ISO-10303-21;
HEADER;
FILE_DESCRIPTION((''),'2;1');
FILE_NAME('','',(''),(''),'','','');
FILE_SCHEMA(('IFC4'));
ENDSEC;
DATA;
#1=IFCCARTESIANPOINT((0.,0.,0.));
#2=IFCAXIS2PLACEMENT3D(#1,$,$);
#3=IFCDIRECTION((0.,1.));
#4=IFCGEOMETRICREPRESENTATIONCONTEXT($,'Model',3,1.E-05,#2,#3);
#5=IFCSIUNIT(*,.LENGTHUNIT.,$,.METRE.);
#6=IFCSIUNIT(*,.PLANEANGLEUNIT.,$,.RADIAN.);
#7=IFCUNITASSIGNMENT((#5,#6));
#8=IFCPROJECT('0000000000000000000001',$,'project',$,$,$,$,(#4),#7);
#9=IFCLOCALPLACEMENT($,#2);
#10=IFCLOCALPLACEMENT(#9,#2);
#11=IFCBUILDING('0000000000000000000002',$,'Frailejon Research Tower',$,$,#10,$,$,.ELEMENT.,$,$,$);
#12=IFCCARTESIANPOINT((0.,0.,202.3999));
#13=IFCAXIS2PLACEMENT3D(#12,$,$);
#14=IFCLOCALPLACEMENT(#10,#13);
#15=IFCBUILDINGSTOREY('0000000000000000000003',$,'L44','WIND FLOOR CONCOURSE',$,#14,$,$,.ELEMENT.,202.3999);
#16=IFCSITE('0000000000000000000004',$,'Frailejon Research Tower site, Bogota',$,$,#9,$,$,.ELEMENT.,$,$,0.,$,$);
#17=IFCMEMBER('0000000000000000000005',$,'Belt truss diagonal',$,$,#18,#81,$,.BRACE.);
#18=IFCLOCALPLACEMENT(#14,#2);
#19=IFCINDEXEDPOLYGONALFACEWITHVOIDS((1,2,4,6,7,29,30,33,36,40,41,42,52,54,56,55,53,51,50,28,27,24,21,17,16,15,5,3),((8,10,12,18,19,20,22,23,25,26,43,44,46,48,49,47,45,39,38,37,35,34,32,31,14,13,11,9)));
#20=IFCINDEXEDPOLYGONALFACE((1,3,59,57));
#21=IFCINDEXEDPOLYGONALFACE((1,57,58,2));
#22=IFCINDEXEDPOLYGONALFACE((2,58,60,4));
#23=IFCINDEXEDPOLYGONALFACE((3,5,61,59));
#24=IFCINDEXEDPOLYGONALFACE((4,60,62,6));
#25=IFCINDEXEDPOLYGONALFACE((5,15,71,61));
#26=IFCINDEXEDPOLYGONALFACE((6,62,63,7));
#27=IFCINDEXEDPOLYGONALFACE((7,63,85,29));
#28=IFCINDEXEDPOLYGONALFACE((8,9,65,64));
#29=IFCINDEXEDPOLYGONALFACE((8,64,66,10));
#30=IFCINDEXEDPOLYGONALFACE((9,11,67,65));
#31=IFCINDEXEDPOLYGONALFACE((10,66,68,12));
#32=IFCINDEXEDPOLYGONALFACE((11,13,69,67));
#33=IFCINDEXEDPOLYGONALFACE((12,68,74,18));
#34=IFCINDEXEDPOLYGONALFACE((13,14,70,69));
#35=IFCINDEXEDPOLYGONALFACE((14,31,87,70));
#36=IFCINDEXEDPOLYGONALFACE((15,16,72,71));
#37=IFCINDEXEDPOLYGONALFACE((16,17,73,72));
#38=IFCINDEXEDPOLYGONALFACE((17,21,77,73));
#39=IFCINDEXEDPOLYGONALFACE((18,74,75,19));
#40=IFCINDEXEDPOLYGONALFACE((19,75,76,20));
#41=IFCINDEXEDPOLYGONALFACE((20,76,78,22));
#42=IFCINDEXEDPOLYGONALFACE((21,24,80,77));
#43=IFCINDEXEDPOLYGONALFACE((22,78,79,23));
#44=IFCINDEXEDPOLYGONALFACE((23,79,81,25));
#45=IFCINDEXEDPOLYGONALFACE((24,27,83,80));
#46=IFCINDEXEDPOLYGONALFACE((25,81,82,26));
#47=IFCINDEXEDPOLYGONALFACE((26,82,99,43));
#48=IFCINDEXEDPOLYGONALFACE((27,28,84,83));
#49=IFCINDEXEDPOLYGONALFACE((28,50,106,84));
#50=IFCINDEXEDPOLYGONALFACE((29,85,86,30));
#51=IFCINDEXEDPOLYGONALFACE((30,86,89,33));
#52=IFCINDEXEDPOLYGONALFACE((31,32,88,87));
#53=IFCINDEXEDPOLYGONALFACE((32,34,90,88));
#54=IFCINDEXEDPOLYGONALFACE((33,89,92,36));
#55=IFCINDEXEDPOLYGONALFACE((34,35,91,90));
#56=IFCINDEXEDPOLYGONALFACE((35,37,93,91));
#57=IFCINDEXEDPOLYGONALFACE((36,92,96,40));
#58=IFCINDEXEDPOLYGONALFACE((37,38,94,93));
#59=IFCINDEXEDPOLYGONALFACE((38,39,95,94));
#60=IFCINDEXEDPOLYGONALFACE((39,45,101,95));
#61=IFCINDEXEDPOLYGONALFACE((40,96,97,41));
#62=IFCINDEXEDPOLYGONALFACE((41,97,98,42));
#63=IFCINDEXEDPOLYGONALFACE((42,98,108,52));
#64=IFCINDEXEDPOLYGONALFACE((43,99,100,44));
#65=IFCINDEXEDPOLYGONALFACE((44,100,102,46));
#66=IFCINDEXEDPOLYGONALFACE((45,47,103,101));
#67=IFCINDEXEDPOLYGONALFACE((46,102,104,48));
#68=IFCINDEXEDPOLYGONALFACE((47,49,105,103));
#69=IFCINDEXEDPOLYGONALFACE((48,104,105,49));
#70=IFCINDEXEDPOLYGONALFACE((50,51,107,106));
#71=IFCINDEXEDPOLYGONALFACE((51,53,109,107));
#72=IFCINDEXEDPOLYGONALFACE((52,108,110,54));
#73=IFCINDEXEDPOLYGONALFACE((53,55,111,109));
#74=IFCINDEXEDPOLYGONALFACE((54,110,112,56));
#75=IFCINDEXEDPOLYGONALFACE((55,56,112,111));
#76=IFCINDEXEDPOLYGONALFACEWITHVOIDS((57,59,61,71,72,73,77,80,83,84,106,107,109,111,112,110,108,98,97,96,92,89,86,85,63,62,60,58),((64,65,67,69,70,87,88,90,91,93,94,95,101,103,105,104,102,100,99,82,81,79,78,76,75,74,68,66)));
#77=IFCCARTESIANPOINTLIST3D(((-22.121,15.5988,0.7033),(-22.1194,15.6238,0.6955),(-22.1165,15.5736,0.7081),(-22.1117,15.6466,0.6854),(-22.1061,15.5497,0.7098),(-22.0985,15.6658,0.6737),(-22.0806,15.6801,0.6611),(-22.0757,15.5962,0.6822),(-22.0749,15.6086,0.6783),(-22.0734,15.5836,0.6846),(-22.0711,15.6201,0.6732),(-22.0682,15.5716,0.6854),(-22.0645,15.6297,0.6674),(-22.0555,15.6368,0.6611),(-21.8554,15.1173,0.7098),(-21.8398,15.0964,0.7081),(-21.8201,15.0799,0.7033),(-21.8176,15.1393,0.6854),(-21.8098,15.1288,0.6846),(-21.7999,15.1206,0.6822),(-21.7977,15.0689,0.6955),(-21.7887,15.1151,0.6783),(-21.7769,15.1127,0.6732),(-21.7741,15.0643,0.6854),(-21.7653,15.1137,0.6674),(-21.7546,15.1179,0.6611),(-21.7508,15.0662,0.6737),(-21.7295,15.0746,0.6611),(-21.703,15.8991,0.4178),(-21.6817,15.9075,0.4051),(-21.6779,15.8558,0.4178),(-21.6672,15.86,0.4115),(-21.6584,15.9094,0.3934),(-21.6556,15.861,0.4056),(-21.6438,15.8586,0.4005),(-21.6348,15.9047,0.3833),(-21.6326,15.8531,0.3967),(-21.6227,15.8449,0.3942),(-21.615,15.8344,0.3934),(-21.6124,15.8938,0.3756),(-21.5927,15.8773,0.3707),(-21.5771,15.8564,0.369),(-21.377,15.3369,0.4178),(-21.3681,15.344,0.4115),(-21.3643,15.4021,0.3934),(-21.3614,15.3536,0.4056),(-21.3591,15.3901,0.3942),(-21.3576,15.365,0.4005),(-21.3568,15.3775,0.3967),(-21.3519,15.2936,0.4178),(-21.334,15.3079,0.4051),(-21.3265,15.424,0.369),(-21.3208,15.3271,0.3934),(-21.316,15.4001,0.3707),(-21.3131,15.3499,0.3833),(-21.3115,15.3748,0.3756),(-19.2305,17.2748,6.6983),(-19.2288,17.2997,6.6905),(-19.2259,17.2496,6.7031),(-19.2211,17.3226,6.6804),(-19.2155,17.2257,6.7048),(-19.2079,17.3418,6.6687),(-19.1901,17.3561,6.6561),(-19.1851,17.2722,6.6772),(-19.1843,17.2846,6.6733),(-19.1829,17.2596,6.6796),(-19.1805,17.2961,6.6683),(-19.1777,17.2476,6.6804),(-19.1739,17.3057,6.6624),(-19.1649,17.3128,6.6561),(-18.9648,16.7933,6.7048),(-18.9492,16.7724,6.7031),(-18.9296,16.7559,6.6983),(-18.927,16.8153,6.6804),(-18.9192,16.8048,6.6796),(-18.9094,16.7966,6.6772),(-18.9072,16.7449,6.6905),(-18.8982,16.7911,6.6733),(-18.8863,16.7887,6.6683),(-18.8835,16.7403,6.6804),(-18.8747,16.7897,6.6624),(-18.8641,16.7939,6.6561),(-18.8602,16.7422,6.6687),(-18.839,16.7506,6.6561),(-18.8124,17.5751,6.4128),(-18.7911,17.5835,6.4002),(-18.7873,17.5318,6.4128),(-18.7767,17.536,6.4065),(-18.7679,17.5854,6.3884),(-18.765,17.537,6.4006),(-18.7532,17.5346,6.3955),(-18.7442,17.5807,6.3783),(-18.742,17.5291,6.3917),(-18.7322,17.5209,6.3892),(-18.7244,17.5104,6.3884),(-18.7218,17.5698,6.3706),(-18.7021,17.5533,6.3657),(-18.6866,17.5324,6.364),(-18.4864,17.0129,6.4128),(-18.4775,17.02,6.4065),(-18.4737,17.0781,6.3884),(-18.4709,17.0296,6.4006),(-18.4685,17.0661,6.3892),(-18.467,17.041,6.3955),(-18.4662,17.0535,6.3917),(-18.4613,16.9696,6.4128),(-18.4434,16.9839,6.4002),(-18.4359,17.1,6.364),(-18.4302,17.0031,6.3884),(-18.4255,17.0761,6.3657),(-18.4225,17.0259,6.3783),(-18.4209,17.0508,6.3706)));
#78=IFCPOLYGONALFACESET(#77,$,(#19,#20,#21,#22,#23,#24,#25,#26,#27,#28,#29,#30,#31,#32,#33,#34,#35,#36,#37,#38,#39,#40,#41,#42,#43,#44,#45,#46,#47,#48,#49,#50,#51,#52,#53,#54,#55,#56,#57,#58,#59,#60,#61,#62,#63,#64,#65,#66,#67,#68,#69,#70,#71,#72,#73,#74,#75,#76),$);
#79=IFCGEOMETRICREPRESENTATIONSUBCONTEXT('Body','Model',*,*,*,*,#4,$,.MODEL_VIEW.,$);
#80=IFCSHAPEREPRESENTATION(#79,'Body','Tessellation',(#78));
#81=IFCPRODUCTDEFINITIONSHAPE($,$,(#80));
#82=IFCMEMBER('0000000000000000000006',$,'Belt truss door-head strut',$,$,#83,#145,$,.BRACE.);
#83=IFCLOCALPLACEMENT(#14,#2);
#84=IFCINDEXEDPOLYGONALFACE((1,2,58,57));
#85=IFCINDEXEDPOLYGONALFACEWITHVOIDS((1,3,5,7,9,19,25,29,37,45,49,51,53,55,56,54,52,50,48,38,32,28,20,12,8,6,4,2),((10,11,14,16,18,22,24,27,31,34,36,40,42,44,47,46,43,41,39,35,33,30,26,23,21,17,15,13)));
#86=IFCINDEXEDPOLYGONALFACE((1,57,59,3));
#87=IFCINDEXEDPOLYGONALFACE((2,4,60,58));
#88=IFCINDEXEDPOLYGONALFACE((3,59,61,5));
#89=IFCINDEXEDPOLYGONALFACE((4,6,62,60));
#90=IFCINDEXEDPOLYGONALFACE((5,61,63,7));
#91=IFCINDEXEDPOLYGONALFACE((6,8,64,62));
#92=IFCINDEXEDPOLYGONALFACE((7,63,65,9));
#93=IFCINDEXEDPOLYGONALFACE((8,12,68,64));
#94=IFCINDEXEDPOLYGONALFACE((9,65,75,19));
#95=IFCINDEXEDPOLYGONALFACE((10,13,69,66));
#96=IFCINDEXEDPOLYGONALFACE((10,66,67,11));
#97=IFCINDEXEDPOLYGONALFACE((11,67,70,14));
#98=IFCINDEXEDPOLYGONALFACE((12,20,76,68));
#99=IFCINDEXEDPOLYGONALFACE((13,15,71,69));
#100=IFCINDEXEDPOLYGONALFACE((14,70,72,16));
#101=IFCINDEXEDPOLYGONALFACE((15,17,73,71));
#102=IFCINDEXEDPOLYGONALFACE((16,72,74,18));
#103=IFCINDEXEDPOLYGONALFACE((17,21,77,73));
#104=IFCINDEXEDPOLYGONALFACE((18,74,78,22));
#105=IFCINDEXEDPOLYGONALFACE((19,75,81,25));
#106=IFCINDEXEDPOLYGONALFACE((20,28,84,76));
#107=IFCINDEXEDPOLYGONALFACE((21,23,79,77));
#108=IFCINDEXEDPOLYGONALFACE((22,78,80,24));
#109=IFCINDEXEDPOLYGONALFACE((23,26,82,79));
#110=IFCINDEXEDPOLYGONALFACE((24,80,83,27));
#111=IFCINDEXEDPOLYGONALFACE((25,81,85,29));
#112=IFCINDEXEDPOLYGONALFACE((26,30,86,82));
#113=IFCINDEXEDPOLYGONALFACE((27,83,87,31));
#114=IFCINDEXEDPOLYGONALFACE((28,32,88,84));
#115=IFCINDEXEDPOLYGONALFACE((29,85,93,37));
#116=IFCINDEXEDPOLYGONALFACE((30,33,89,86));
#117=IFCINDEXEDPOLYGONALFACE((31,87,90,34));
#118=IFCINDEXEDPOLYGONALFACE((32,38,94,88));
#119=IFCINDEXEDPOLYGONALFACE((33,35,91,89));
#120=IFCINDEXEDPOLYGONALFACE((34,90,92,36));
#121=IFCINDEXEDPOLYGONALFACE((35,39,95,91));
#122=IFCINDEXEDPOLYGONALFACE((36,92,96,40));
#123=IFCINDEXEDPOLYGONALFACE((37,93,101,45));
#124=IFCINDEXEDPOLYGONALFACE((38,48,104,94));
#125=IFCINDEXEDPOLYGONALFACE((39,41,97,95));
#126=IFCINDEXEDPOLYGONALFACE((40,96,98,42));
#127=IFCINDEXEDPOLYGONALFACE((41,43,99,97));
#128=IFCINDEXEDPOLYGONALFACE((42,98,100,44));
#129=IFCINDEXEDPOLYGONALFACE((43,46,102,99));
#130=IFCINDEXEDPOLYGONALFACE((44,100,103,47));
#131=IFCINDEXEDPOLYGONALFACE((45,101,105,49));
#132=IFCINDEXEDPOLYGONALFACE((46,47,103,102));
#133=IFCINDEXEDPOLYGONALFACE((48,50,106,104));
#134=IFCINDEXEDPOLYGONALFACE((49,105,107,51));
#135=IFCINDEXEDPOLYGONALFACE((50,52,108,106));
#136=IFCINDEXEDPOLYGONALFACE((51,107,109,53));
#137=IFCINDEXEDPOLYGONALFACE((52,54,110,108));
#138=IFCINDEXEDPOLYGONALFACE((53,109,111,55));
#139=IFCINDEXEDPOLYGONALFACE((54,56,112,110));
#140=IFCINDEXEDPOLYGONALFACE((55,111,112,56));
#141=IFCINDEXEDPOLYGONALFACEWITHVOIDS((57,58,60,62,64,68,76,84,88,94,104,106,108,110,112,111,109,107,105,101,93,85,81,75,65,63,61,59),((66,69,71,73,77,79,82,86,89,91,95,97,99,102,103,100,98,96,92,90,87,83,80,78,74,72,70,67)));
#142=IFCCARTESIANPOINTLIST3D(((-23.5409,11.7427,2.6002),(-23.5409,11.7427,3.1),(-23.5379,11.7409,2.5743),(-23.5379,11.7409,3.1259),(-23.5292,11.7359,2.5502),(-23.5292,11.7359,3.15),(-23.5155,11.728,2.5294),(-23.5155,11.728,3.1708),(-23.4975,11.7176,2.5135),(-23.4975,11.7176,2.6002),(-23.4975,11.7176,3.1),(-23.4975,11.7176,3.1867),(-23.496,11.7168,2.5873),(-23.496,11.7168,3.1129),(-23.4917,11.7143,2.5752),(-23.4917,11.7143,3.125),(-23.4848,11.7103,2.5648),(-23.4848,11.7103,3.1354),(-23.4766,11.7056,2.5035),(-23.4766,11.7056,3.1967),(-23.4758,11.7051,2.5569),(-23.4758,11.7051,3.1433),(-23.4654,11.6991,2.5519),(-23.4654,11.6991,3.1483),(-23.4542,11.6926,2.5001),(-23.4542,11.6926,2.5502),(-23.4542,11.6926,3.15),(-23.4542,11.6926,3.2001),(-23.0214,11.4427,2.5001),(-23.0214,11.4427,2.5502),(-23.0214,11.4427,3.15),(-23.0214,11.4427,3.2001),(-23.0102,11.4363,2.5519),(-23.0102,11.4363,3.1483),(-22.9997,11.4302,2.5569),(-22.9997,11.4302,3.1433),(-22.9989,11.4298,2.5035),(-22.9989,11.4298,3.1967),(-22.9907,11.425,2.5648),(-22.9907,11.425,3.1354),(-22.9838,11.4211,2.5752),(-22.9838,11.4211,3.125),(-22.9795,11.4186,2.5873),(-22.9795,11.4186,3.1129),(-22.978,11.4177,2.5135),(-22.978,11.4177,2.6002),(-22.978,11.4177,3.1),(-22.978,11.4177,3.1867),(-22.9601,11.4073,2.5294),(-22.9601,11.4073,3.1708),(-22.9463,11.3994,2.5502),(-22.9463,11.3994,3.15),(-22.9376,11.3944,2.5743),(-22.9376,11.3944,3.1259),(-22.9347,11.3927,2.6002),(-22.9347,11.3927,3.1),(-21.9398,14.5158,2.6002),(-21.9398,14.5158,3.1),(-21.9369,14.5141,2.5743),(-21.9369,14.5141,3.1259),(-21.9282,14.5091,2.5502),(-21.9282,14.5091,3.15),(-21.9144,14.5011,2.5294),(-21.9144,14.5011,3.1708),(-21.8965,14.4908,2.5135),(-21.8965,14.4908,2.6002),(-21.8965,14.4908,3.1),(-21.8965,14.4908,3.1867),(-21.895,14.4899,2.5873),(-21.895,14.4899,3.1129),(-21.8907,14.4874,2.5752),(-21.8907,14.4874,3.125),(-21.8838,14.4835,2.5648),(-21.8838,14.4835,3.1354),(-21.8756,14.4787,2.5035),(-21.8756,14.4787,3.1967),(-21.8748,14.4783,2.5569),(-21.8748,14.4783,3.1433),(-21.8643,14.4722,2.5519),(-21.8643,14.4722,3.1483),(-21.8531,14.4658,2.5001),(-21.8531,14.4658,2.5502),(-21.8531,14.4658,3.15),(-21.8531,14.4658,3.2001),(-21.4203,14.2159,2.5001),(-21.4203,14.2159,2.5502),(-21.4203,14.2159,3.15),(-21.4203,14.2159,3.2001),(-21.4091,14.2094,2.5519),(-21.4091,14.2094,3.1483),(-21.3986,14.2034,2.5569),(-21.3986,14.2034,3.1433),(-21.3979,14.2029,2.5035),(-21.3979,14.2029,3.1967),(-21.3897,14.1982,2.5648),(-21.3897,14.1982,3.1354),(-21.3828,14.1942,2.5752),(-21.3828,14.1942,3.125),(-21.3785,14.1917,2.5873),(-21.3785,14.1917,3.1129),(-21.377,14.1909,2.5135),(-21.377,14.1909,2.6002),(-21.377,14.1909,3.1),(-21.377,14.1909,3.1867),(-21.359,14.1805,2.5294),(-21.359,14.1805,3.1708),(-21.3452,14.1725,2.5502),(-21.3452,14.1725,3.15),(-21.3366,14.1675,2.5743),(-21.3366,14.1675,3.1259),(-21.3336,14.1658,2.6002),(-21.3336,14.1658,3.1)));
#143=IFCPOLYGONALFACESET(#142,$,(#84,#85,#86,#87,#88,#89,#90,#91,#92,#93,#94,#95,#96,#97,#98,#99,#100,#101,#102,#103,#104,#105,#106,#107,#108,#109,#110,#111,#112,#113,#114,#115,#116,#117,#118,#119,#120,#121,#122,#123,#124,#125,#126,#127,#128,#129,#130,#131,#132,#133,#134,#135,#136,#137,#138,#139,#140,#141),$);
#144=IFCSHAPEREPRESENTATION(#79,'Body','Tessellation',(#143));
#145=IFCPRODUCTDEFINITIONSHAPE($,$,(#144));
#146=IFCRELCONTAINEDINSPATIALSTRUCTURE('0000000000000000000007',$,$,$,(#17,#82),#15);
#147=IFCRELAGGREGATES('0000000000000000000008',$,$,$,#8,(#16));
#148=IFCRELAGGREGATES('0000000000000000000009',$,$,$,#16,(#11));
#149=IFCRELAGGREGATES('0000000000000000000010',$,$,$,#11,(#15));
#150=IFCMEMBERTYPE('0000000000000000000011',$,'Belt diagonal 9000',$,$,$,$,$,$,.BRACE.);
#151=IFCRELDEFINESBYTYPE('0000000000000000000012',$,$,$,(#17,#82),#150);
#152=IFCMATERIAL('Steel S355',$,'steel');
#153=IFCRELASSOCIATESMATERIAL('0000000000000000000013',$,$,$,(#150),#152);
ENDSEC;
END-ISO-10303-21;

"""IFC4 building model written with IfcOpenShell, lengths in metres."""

from ifc_helpers import new_model, si_unit, direction, frame, origin, origin_2d, place, context, subcontext, project, spatial, hollow_rectangle, extrude, material, material_profile, profile_set, type_object, element, save


model = new_model("IFC4")

# Units and contexts
model_context = context("Model", 3, precision=1e-05, world=origin(), true_north=direction((0.0, 1.0)))
body_context = subcontext(model_context, "Body", "Model", "MODEL_VIEW")
ifc_project = project(units=[si_unit("LENGTHUNIT", "METRE"), si_unit("PLANEANGLEUNIT", "RADIAN")], contexts=[model_context])

# Site, building, storey
site_placement = place(None, origin())
site = spatial("IfcSite", under=ifc_project, at=site_placement, Name="Frailejon Research Tower site, Bogota", CompositionType="ELEMENT", RefElevation=0.0)
building_placement = place(site_placement, origin())
building = spatial("IfcBuilding", under=site, at=building_placement, Name="Frailejon Research Tower", CompositionType="ELEMENT")
storey_placement = place(building_placement, frame((0.0, 0.0, 202.3999)))
storey = spatial("IfcBuildingStorey", under=building, at=storey_placement, Name="L44", Description="WIND FLOOR CONCOURSE", CompositionType="ELEMENT", Elevation=202.3999)

# Members
ifc_material_1 = material(Name="Steel S355", Category="steel")
ifc_material_profile_1 = material_profile(ifc_material_1, hollow_rectangle(XDim=0.7, YDim=0.7, WallThickness=0.05, InnerFilletRadius=0.05, OuterFilletRadius=0.1001, at=origin_2d()), Name="Belt diagonal 9000")
ifc_profile_set_1 = profile_set([ifc_material_profile_1], Name="Steel S355")
member_type = type_object("IfcMemberType", Name="Belt diagonal 9000", PredefinedType="BRACE", material=ifc_profile_set_1)
member_1_placement = place(storey_placement, frame((-18.8257, 17.1628, 6.5344), z_axis=(-0.421165, -0.244198, -0.873491), x_axis=(0.501598, -0.865101, 0.0)))
element("IfcMember", 1, at=member_1_placement, inside=storey, type_object=member_type, Name="Belt truss diagonal", PredefinedType="BRACE", context=body_context, shape_type="SweptSolid", body=[
    extrude(hollow_rectangle(XDim=0.7, YDim=0.7, WallThickness=0.05, InnerFilletRadius=0.05, OuterFilletRadius=0.1001, at=origin_2d()), origin(), (0.0, 0.0, 1.0), 6.8633),
])
member_2_placement = place(storey_placement, frame((-21.6367, 14.3408, 2.8501), z_axis=(-0.499993, -0.866029, 0.0), x_axis=(0.866029, -0.499993, 0.0)))
element("IfcMember", 2, at=member_2_placement, inside=storey, type_object=member_type, Name="Belt truss door-head strut", PredefinedType="BRACE", context=body_context, shape_type="SweptSolid", body=[
    extrude(hollow_rectangle(XDim=0.7, YDim=0.7, WallThickness=0.05, InnerFilletRadius=0.05, OuterFilletRadius=0.1001, at=origin_2d()), origin(), (0.0, 0.0, 1.0), 3.2021),
])

save(model, "model.ifc")
